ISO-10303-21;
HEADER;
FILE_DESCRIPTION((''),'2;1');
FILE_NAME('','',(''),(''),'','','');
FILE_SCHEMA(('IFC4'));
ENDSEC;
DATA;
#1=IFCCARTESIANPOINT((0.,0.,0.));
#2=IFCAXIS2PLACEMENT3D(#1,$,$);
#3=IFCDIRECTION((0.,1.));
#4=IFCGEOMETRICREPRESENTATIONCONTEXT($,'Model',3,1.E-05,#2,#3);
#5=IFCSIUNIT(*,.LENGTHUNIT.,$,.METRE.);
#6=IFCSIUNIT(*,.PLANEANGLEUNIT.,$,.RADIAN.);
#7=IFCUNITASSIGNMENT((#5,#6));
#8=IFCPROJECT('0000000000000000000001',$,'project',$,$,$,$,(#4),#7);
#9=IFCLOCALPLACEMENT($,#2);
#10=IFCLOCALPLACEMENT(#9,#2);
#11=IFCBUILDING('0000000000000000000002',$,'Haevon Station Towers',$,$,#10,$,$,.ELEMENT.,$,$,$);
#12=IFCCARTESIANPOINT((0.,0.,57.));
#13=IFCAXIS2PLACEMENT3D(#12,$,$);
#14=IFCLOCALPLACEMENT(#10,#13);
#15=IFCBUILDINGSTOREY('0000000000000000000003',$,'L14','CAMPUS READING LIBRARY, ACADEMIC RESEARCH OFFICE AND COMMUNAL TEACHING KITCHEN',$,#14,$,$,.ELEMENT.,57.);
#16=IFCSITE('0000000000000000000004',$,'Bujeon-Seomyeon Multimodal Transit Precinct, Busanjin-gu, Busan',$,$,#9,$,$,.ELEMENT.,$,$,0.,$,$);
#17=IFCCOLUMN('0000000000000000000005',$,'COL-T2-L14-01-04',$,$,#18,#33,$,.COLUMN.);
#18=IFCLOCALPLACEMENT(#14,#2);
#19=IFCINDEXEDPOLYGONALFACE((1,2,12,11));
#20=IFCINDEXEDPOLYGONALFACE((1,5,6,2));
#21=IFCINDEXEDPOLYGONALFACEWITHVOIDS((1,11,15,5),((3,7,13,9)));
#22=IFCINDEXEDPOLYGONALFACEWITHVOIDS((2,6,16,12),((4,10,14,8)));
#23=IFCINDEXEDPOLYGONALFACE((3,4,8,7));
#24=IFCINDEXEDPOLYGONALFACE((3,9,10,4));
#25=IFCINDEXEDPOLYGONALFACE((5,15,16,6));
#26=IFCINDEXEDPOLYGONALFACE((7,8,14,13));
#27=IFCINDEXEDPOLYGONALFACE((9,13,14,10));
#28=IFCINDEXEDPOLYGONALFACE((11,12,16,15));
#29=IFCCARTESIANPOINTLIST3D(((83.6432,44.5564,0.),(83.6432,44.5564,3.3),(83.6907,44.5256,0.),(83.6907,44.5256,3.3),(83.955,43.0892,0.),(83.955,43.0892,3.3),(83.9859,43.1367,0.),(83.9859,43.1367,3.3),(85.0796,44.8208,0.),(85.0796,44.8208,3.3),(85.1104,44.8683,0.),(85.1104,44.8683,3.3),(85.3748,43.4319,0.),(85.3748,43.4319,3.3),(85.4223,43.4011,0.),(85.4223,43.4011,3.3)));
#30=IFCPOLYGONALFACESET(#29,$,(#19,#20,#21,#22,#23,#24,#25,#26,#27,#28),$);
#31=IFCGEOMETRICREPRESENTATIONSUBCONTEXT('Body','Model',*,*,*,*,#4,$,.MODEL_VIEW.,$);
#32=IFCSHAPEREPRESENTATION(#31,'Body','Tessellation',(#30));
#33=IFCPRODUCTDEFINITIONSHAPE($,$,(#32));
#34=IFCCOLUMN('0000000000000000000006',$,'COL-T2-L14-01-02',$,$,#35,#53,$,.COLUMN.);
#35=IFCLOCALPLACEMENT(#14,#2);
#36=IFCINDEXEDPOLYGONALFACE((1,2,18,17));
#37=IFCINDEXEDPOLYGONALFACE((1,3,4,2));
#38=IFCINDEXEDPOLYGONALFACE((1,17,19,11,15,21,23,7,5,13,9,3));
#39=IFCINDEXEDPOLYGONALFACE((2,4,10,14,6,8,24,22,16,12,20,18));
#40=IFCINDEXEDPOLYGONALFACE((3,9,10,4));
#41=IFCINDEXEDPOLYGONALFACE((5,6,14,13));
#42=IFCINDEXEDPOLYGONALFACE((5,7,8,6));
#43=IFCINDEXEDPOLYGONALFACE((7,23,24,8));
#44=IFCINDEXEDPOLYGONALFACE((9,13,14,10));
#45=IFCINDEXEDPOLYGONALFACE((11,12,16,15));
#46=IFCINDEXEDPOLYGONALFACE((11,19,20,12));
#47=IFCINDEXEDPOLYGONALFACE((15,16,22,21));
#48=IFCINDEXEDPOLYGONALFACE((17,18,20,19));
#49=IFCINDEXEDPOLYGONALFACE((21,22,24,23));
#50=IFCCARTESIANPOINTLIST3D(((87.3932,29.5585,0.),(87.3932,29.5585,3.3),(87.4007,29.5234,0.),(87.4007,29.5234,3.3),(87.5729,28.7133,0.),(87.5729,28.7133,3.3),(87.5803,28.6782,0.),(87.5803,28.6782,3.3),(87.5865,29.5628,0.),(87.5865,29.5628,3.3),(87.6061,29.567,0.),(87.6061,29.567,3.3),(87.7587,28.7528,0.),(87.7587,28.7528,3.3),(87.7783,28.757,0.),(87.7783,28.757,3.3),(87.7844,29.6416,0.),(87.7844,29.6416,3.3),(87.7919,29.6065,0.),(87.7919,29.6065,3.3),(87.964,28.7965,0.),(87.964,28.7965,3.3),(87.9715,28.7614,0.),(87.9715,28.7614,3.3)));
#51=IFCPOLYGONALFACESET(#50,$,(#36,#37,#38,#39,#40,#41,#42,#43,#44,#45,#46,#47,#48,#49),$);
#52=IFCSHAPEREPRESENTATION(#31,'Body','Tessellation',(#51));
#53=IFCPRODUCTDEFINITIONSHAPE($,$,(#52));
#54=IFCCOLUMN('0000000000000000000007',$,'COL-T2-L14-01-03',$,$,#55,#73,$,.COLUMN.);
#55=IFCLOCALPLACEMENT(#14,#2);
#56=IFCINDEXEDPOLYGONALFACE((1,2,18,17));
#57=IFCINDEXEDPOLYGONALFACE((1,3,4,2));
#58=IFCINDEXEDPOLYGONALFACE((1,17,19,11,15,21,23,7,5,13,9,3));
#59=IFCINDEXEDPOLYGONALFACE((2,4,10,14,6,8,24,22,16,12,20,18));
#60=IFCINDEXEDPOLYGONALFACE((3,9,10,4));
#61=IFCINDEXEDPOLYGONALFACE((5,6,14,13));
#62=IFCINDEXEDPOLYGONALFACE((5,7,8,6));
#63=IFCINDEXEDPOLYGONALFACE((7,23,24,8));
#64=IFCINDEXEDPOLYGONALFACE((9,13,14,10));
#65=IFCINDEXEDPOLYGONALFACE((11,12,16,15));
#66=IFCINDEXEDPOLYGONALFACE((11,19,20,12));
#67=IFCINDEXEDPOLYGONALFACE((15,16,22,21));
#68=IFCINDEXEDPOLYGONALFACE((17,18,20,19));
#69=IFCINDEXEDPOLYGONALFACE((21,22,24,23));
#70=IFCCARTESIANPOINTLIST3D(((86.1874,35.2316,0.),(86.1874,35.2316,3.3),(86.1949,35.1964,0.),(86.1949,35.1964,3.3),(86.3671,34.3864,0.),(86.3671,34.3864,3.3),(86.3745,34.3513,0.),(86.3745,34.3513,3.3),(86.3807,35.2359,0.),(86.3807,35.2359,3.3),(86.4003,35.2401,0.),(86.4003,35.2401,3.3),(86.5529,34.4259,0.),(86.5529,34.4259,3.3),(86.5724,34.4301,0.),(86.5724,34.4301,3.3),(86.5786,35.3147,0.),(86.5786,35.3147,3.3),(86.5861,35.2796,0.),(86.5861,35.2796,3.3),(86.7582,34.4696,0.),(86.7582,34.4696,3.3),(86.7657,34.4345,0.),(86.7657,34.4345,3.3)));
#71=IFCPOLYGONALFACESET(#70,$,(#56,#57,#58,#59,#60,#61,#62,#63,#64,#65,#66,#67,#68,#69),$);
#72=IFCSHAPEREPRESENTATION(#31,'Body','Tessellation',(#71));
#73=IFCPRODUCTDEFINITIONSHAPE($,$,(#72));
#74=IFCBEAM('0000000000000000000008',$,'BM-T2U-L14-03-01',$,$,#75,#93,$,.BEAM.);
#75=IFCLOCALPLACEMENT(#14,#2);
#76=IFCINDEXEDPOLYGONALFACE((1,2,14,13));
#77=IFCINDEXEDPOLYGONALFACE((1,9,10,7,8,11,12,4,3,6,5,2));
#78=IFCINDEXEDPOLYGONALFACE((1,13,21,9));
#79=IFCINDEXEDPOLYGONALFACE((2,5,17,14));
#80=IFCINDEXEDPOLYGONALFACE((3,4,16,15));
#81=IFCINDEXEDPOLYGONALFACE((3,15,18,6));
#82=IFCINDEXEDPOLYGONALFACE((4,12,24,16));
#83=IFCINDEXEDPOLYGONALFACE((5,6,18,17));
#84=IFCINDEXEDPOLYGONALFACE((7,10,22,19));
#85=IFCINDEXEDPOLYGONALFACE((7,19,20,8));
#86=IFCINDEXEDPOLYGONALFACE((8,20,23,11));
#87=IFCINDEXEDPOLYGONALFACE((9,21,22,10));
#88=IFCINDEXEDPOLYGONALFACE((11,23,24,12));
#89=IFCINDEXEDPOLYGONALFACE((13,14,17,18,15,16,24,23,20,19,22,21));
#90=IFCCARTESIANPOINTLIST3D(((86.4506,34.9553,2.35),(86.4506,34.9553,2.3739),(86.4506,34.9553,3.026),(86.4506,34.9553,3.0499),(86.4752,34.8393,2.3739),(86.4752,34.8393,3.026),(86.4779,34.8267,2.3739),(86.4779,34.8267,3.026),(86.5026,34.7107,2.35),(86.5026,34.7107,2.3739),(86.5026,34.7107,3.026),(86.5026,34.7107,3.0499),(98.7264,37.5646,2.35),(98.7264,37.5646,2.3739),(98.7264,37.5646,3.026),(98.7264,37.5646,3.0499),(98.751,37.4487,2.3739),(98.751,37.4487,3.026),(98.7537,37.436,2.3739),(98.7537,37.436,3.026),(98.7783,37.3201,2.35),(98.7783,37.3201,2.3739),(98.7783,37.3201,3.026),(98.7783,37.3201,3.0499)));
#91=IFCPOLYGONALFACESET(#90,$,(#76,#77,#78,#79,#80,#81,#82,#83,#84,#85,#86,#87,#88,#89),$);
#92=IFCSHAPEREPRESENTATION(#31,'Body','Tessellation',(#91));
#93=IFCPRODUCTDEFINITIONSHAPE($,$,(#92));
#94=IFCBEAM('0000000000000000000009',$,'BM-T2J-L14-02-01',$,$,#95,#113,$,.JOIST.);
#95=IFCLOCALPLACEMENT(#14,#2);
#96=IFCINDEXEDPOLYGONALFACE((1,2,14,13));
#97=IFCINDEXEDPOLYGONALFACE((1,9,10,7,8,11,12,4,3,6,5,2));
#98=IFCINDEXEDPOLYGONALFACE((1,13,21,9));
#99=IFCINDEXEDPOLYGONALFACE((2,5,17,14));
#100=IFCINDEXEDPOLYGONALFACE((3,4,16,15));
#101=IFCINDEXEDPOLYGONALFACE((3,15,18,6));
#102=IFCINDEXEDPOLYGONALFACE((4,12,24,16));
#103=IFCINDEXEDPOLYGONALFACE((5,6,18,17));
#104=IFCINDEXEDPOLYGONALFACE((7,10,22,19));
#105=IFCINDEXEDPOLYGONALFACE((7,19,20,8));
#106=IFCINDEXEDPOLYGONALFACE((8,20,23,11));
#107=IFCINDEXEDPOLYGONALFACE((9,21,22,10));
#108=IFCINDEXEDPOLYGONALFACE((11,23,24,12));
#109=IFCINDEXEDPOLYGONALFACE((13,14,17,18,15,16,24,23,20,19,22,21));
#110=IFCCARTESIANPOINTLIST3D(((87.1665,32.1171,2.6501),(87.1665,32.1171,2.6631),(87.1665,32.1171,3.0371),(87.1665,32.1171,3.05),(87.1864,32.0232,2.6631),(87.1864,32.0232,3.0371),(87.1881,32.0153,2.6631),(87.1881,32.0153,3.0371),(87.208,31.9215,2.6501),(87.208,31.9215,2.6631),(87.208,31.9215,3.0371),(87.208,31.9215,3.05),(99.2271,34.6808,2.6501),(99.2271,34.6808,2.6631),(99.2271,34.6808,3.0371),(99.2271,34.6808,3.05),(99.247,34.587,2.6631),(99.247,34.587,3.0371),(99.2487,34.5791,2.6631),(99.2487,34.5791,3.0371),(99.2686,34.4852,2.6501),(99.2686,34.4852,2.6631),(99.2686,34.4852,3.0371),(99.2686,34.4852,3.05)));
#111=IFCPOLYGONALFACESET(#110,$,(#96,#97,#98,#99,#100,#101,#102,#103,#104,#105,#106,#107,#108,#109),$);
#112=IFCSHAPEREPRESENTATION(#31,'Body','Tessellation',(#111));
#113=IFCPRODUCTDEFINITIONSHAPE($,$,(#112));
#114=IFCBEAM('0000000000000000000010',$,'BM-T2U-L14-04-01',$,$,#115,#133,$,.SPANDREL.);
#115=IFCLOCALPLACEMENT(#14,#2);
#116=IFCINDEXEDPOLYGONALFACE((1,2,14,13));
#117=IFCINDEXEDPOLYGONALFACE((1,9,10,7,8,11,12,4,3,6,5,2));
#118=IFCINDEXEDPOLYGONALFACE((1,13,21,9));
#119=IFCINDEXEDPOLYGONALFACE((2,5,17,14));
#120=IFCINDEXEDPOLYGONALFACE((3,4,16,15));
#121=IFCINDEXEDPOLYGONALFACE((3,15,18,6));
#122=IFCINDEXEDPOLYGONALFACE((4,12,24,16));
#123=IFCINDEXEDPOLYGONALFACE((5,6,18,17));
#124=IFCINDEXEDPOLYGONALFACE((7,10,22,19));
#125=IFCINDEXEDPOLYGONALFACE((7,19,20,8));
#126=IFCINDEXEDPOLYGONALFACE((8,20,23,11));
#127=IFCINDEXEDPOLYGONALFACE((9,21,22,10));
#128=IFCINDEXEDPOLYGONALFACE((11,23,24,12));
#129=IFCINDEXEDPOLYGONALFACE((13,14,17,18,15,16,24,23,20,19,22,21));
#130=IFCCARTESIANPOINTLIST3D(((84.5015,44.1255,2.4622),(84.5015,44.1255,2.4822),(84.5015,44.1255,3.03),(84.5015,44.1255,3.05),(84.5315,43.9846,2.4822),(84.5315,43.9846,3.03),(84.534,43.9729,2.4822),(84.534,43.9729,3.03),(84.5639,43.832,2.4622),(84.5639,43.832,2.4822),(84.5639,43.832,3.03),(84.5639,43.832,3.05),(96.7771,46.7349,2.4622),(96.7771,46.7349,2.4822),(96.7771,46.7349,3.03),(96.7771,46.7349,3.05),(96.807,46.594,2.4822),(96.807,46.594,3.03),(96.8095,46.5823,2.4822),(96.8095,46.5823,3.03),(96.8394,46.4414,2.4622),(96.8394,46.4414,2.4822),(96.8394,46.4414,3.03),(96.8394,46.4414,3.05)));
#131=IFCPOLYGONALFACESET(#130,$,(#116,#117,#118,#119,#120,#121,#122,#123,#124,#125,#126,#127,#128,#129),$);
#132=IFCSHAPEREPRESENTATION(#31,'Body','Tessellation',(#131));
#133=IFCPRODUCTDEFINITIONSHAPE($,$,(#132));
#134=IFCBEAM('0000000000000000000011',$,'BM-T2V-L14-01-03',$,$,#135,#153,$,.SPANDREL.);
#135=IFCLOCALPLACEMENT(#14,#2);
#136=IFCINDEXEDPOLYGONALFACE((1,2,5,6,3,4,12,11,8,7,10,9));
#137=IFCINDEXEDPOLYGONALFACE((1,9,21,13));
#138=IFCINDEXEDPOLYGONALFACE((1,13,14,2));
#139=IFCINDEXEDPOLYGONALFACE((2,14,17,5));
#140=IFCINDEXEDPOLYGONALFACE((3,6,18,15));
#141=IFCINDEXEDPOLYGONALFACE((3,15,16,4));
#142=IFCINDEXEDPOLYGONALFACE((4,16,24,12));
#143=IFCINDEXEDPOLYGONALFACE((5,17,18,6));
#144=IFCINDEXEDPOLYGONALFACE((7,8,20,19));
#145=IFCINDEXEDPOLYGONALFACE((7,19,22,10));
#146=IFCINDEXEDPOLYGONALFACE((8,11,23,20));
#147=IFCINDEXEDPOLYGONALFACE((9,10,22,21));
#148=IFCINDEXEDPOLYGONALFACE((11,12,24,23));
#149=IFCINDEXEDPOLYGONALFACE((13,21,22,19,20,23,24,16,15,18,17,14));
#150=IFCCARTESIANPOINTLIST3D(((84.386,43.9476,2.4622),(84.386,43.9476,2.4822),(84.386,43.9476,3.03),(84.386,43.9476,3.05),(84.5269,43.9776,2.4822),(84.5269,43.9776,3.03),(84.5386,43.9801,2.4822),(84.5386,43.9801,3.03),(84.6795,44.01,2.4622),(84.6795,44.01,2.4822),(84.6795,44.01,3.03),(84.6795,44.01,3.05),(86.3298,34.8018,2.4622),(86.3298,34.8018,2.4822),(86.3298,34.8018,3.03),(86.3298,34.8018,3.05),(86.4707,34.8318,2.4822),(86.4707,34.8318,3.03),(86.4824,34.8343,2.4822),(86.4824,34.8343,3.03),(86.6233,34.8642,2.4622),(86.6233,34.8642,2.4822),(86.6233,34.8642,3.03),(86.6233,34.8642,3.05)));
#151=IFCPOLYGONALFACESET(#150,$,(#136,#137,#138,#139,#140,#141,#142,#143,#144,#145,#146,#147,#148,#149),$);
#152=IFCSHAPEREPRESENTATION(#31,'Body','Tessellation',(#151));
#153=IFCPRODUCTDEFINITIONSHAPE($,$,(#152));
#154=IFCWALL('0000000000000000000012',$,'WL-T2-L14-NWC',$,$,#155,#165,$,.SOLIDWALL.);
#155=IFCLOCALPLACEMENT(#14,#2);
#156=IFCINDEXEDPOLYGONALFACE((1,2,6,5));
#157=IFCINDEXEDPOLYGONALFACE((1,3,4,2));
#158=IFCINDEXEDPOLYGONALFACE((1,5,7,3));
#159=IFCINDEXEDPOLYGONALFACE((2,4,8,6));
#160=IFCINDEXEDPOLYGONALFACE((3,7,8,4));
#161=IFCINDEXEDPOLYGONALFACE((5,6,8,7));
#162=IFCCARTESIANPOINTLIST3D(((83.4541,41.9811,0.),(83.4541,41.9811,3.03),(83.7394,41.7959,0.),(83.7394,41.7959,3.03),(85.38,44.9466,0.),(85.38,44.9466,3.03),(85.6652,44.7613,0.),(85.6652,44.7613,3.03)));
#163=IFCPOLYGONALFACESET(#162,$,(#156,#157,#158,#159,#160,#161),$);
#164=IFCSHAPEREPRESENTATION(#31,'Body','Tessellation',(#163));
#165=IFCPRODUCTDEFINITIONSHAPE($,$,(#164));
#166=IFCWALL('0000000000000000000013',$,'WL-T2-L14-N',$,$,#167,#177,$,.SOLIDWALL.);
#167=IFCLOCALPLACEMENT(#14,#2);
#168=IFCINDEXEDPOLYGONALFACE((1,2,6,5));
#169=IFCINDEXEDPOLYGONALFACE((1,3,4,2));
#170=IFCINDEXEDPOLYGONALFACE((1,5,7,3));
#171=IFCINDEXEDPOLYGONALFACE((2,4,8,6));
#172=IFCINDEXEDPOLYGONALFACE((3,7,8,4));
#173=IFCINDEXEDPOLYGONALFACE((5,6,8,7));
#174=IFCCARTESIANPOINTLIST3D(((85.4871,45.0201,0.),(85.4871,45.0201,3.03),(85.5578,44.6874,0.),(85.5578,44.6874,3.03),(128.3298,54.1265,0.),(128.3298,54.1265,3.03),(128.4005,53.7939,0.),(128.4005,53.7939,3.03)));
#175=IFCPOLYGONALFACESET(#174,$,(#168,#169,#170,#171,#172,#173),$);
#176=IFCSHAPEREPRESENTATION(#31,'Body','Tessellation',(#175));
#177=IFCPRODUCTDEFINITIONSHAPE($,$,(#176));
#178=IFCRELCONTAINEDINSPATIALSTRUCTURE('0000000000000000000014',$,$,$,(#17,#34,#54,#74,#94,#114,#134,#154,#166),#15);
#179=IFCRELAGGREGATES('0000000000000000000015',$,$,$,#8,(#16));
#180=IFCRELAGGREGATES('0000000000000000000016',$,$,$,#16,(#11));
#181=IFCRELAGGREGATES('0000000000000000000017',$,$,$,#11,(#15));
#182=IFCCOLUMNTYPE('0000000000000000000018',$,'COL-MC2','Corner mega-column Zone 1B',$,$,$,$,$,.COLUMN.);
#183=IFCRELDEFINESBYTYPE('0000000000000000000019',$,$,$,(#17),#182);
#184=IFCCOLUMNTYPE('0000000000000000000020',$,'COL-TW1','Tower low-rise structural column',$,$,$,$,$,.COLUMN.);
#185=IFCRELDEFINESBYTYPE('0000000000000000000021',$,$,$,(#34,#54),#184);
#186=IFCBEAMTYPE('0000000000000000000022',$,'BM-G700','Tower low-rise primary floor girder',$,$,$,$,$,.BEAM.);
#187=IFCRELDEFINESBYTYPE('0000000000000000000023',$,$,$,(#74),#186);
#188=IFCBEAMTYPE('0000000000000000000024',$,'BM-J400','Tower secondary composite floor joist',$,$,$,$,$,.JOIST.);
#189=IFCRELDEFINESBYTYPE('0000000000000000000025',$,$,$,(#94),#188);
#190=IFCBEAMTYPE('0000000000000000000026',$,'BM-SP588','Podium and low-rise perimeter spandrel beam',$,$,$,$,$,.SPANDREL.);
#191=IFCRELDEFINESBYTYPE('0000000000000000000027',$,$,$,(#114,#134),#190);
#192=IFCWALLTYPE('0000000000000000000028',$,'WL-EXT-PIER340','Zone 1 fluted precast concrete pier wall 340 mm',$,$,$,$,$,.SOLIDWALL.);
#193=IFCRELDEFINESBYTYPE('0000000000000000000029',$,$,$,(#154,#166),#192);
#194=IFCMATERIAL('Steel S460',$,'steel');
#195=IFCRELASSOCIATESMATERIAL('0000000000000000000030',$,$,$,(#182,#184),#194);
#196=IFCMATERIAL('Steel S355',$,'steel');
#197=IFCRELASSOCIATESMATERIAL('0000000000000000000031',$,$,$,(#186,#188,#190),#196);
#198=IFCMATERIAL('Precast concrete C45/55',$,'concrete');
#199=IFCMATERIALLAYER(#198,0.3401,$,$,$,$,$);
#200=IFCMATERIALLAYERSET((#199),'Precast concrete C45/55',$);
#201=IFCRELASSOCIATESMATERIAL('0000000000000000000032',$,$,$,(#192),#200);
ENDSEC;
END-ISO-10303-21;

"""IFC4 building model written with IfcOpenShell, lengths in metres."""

from ifc_helpers import new_model, si_unit, direction, frame, frame_2d, origin, origin_2d, place, context, subcontext, project, spatial, rectangle, hollow_rectangle, i_section, extrude, material, layer, layer_set, material_profile, profile_set, type_object, element, save


model = new_model("IFC4")

# Units and contexts
model_context = context("Model", 3, precision=1e-05, world=origin(), true_north=direction((0.0, 1.0)))
body_context = subcontext(model_context, "Body", "Model", "MODEL_VIEW")
ifc_project = project(units=[si_unit("LENGTHUNIT", "METRE"), si_unit("PLANEANGLEUNIT", "RADIAN")], contexts=[model_context])

# Site, building, storey
site_placement = place(None, origin())
site = spatial("IfcSite", under=ifc_project, at=site_placement, Name="Bujeon-Seomyeon Multimodal Transit Precinct, Busanjin-gu, Busan", CompositionType="ELEMENT", RefElevation=0.0)
building_placement = place(site_placement, origin())
building = spatial("IfcBuilding", under=site, at=building_placement, Name="Haevon Station Towers", CompositionType="ELEMENT")
storey_placement = place(building_placement, frame((0.0, 0.0, 57.0)))
storey = spatial("IfcBuildingStorey", under=building, at=storey_placement, Name="L14", Description="CAMPUS READING LIBRARY, ACADEMIC RESEARCH OFFICE AND COMMUNAL TEACHING KITCHEN", CompositionType="ELEMENT", Elevation=57.0)

# Columns
ifc_material_1 = material(Name="Steel S460", Category="steel")
ifc_material_profile_1 = material_profile(ifc_material_1, hollow_rectangle(XDim=1.5, YDim=1.5, WallThickness=0.04, at=origin_2d()), Name="BOX-1500x1500x40")
ifc_profile_set_1 = profile_set([ifc_material_profile_1], Name="Steel S460")
column_type_1 = type_object("IfcColumnType", Name="COL-MC2", Description="Corner mega-column Zone 1B", PredefinedType="COLUMN", material=ifc_profile_set_1)
column_placement = place(storey_placement, frame((84.5327, 43.9788, 0.0), z_axis=(0.0, 0.0, 1.0), x_axis=(0.978148, 0.207912, 0.0)))
element("IfcColumn", 1, at=column_placement, inside=storey, type_object=column_type_1, Name="COL-T2-L14-01-04", PredefinedType="COLUMN", context=body_context, shape_type="SweptSolid", body=[
    extrude(hollow_rectangle(XDim=1.5, YDim=1.5, WallThickness=0.04, at=origin_2d()), origin(), (0.0, 0.0, 1.0), 3.3),
])
ifc_material_profile_2 = material_profile(ifc_material_1, i_section(OverallWidth=0.3999, OverallDepth=0.8999, WebThickness=0.02, FlangeThickness=0.0359, at=origin_2d()), Name="H-900x400x20x36")
ifc_profile_set_2 = profile_set([ifc_material_profile_2], Name="Steel S460")
column_type_2 = type_object("IfcColumnType", Name="COL-TW1", Description="Tower low-rise structural column", PredefinedType="COLUMN", material=ifc_profile_set_2)
for number, where, z_axis, x_axis, name in (
    (2, (87.6824, 29.1599, 0.0), (0.0, 0.0, 1.0), (0.978148, 0.207912, 0.0), "COL-T2-L14-01-02"),
    (3, (86.4766, 34.833, 0.0), (0.0, 0.0, 1.0), (0.978148, 0.207912, 0.0), "COL-T2-L14-01-03"),
):
    element("IfcColumn", number, at=place(storey_placement, frame(where, z_axis=z_axis, x_axis=x_axis)), inside=storey, type_object=column_type_2, Name=name, PredefinedType="COLUMN", context=body_context, shape_type="SweptSolid", body=[
        extrude(i_section(OverallWidth=0.3999, OverallDepth=0.8999, WebThickness=0.02, FlangeThickness=0.0359, at=origin_2d()), origin(), (0.0, 0.0, 1.0), 3.3),
    ])

# Beams
ifc_material_2 = material(Name="Steel S355", Category="steel")
ifc_material_profile_3 = material_profile(ifc_material_2, i_section(OverallWidth=0.25, OverallDepth=0.7, WebThickness=0.0129, FlangeThickness=0.0239, at=origin_2d()), Name="H-700x250x13x24")
ifc_profile_set_3 = profile_set([ifc_material_profile_3], Name="Steel S355")
beam_type_1 = type_object("IfcBeamType", Name="BM-G700", Description="Tower low-rise primary floor girder", PredefinedType="BEAM", material=ifc_profile_set_3)
beam_1_placement = place(storey_placement, frame((86.4766, 34.833, 2.7), z_axis=(0.978147, 0.207916, 0.0), x_axis=(-0.207916, 0.978147, 0.0)))
element("IfcBeam", 4, at=beam_1_placement, inside=storey, type_object=beam_type_1, Name="BM-T2U-L14-03-01", PredefinedType="BEAM", context=body_context, shape_type="SweptSolid", body=[
    extrude(i_section(OverallWidth=0.25, OverallDepth=0.7, WebThickness=0.0129, FlangeThickness=0.0239, at=origin_2d()), origin(), (0.0, 0.0, 1.0), 12.55),
])
ifc_material_profile_4 = material_profile(ifc_material_2, i_section(OverallWidth=0.2, OverallDepth=0.3999, WebThickness=0.0081, FlangeThickness=0.0129, at=origin_2d()), Name="H-400x200x8x13")
ifc_profile_set_4 = profile_set([ifc_material_profile_4], Name="Steel S355")
beam_type_2 = type_object("IfcBeamType", Name="BM-J400", Description="Tower secondary composite floor joist", PredefinedType="JOIST", material=ifc_profile_set_4)
beam_2_placement = place(storey_placement, frame((87.1873, 32.0193, 2.8501), z_axis=(0.978145, 0.207925, 0.0), x_axis=(-0.207925, 0.978145, 0.0)))
element("IfcBeam", 5, at=beam_2_placement, inside=storey, type_object=beam_type_2, Name="BM-T2J-L14-02-01", PredefinedType="JOIST", context=body_context, shape_type="SweptSolid", body=[
    extrude(i_section(OverallWidth=0.2, OverallDepth=0.3999, WebThickness=0.0081, FlangeThickness=0.0129, at=origin_2d()), origin(), (0.0, 0.0, 1.0), 12.3301),
])
ifc_material_profile_5 = material_profile(ifc_material_2, i_section(OverallWidth=0.3, OverallDepth=0.5879, WebThickness=0.012, FlangeThickness=0.02, at=origin_2d()), Name="H-588x300x12x20")
ifc_profile_set_5 = profile_set([ifc_material_profile_5], Name="Steel S355")
beam_type_3 = type_object("IfcBeamType", Name="BM-SP588", Description="Podium and low-rise perimeter spandrel beam", PredefinedType="SPANDREL", material=ifc_profile_set_5)
beam_3_placement = place(storey_placement, frame((84.5327, 43.9788, 2.7561), z_axis=(0.978146, 0.20792, 0.0), x_axis=(-0.20792, 0.978146, 0.0)))
element("IfcBeam", 6, at=beam_3_placement, inside=storey, type_object=beam_type_3, Name="BM-T2U-L14-04-01", PredefinedType="SPANDREL", context=body_context, shape_type="SweptSolid", body=[
    extrude(i_section(OverallWidth=0.3, OverallDepth=0.5879, WebThickness=0.012, FlangeThickness=0.02, at=origin_2d()), origin(), (0.0, 0.0, 1.0), 12.5498),
])
beam_4_placement = place(storey_placement, frame((86.4766, 34.833, 2.7561), z_axis=(-0.207897, 0.978151, 0.0), x_axis=(-0.978151, -0.207897, 0.0)))
element("IfcBeam", 7, at=beam_4_placement, inside=storey, type_object=beam_type_3, Name="BM-T2V-L14-01-03", PredefinedType="SPANDREL", context=body_context, shape_type="SweptSolid", body=[
    extrude(i_section(OverallWidth=0.3, OverallDepth=0.5879, WebThickness=0.012, FlangeThickness=0.02, at=origin_2d()), origin(), (0.0, 0.0, 1.0), 9.3501),
])

# Walls
ifc_material_3 = material(Name="Precast concrete C45/55", Category="concrete")
ifc_layer_1 = layer(ifc_material_3, 0.3401)
ifc_layer_set_1 = layer_set([ifc_layer_1], Name="Precast concrete C45/55")
wall_type = type_object("IfcWallType", Name="WL-EXT-PIER340", Description="Zone 1 fluted precast concrete pier wall 340 mm", PredefinedType="SOLIDWALL", material=ifc_layer_set_1)
wall_1_placement = place(storey_placement, frame((83.5967, 41.8884, 0.0), z_axis=(0.0, 0.0, 1.0), x_axis=(0.544653, 0.838661, 0.0)))
element("IfcWall", 8, at=wall_1_placement, inside=storey, type_object=wall_type, Name="WL-T2-L14-NWC", PredefinedType="SOLIDWALL", context=body_context, shape_type="SweptSolid", body=[
    extrude(rectangle(XDim=3.5359, YDim=0.3401, at=frame_2d((1.7681, 0.0))), origin(), (0.0, 0.0, 1.0), 3.03),
])
wall_2_placement = place(storey_placement, frame((85.5225, 44.8538, 0.0), z_axis=(0.0, 0.0, 1.0), x_axis=(0.978148, 0.20791, 0.0)))
element("IfcWall", 9, at=wall_2_placement, inside=storey, type_object=wall_type, Name="WL-T2-L14-N", PredefinedType="SOLIDWALL", context=body_context, shape_type="SweptSolid", body=[
    extrude(rectangle(XDim=43.7998, YDim=0.3401, at=frame_2d((21.8999, 0.0))), origin(), (0.0, 0.0, 1.0), 3.03),
])

save(model, "model.ifc")
